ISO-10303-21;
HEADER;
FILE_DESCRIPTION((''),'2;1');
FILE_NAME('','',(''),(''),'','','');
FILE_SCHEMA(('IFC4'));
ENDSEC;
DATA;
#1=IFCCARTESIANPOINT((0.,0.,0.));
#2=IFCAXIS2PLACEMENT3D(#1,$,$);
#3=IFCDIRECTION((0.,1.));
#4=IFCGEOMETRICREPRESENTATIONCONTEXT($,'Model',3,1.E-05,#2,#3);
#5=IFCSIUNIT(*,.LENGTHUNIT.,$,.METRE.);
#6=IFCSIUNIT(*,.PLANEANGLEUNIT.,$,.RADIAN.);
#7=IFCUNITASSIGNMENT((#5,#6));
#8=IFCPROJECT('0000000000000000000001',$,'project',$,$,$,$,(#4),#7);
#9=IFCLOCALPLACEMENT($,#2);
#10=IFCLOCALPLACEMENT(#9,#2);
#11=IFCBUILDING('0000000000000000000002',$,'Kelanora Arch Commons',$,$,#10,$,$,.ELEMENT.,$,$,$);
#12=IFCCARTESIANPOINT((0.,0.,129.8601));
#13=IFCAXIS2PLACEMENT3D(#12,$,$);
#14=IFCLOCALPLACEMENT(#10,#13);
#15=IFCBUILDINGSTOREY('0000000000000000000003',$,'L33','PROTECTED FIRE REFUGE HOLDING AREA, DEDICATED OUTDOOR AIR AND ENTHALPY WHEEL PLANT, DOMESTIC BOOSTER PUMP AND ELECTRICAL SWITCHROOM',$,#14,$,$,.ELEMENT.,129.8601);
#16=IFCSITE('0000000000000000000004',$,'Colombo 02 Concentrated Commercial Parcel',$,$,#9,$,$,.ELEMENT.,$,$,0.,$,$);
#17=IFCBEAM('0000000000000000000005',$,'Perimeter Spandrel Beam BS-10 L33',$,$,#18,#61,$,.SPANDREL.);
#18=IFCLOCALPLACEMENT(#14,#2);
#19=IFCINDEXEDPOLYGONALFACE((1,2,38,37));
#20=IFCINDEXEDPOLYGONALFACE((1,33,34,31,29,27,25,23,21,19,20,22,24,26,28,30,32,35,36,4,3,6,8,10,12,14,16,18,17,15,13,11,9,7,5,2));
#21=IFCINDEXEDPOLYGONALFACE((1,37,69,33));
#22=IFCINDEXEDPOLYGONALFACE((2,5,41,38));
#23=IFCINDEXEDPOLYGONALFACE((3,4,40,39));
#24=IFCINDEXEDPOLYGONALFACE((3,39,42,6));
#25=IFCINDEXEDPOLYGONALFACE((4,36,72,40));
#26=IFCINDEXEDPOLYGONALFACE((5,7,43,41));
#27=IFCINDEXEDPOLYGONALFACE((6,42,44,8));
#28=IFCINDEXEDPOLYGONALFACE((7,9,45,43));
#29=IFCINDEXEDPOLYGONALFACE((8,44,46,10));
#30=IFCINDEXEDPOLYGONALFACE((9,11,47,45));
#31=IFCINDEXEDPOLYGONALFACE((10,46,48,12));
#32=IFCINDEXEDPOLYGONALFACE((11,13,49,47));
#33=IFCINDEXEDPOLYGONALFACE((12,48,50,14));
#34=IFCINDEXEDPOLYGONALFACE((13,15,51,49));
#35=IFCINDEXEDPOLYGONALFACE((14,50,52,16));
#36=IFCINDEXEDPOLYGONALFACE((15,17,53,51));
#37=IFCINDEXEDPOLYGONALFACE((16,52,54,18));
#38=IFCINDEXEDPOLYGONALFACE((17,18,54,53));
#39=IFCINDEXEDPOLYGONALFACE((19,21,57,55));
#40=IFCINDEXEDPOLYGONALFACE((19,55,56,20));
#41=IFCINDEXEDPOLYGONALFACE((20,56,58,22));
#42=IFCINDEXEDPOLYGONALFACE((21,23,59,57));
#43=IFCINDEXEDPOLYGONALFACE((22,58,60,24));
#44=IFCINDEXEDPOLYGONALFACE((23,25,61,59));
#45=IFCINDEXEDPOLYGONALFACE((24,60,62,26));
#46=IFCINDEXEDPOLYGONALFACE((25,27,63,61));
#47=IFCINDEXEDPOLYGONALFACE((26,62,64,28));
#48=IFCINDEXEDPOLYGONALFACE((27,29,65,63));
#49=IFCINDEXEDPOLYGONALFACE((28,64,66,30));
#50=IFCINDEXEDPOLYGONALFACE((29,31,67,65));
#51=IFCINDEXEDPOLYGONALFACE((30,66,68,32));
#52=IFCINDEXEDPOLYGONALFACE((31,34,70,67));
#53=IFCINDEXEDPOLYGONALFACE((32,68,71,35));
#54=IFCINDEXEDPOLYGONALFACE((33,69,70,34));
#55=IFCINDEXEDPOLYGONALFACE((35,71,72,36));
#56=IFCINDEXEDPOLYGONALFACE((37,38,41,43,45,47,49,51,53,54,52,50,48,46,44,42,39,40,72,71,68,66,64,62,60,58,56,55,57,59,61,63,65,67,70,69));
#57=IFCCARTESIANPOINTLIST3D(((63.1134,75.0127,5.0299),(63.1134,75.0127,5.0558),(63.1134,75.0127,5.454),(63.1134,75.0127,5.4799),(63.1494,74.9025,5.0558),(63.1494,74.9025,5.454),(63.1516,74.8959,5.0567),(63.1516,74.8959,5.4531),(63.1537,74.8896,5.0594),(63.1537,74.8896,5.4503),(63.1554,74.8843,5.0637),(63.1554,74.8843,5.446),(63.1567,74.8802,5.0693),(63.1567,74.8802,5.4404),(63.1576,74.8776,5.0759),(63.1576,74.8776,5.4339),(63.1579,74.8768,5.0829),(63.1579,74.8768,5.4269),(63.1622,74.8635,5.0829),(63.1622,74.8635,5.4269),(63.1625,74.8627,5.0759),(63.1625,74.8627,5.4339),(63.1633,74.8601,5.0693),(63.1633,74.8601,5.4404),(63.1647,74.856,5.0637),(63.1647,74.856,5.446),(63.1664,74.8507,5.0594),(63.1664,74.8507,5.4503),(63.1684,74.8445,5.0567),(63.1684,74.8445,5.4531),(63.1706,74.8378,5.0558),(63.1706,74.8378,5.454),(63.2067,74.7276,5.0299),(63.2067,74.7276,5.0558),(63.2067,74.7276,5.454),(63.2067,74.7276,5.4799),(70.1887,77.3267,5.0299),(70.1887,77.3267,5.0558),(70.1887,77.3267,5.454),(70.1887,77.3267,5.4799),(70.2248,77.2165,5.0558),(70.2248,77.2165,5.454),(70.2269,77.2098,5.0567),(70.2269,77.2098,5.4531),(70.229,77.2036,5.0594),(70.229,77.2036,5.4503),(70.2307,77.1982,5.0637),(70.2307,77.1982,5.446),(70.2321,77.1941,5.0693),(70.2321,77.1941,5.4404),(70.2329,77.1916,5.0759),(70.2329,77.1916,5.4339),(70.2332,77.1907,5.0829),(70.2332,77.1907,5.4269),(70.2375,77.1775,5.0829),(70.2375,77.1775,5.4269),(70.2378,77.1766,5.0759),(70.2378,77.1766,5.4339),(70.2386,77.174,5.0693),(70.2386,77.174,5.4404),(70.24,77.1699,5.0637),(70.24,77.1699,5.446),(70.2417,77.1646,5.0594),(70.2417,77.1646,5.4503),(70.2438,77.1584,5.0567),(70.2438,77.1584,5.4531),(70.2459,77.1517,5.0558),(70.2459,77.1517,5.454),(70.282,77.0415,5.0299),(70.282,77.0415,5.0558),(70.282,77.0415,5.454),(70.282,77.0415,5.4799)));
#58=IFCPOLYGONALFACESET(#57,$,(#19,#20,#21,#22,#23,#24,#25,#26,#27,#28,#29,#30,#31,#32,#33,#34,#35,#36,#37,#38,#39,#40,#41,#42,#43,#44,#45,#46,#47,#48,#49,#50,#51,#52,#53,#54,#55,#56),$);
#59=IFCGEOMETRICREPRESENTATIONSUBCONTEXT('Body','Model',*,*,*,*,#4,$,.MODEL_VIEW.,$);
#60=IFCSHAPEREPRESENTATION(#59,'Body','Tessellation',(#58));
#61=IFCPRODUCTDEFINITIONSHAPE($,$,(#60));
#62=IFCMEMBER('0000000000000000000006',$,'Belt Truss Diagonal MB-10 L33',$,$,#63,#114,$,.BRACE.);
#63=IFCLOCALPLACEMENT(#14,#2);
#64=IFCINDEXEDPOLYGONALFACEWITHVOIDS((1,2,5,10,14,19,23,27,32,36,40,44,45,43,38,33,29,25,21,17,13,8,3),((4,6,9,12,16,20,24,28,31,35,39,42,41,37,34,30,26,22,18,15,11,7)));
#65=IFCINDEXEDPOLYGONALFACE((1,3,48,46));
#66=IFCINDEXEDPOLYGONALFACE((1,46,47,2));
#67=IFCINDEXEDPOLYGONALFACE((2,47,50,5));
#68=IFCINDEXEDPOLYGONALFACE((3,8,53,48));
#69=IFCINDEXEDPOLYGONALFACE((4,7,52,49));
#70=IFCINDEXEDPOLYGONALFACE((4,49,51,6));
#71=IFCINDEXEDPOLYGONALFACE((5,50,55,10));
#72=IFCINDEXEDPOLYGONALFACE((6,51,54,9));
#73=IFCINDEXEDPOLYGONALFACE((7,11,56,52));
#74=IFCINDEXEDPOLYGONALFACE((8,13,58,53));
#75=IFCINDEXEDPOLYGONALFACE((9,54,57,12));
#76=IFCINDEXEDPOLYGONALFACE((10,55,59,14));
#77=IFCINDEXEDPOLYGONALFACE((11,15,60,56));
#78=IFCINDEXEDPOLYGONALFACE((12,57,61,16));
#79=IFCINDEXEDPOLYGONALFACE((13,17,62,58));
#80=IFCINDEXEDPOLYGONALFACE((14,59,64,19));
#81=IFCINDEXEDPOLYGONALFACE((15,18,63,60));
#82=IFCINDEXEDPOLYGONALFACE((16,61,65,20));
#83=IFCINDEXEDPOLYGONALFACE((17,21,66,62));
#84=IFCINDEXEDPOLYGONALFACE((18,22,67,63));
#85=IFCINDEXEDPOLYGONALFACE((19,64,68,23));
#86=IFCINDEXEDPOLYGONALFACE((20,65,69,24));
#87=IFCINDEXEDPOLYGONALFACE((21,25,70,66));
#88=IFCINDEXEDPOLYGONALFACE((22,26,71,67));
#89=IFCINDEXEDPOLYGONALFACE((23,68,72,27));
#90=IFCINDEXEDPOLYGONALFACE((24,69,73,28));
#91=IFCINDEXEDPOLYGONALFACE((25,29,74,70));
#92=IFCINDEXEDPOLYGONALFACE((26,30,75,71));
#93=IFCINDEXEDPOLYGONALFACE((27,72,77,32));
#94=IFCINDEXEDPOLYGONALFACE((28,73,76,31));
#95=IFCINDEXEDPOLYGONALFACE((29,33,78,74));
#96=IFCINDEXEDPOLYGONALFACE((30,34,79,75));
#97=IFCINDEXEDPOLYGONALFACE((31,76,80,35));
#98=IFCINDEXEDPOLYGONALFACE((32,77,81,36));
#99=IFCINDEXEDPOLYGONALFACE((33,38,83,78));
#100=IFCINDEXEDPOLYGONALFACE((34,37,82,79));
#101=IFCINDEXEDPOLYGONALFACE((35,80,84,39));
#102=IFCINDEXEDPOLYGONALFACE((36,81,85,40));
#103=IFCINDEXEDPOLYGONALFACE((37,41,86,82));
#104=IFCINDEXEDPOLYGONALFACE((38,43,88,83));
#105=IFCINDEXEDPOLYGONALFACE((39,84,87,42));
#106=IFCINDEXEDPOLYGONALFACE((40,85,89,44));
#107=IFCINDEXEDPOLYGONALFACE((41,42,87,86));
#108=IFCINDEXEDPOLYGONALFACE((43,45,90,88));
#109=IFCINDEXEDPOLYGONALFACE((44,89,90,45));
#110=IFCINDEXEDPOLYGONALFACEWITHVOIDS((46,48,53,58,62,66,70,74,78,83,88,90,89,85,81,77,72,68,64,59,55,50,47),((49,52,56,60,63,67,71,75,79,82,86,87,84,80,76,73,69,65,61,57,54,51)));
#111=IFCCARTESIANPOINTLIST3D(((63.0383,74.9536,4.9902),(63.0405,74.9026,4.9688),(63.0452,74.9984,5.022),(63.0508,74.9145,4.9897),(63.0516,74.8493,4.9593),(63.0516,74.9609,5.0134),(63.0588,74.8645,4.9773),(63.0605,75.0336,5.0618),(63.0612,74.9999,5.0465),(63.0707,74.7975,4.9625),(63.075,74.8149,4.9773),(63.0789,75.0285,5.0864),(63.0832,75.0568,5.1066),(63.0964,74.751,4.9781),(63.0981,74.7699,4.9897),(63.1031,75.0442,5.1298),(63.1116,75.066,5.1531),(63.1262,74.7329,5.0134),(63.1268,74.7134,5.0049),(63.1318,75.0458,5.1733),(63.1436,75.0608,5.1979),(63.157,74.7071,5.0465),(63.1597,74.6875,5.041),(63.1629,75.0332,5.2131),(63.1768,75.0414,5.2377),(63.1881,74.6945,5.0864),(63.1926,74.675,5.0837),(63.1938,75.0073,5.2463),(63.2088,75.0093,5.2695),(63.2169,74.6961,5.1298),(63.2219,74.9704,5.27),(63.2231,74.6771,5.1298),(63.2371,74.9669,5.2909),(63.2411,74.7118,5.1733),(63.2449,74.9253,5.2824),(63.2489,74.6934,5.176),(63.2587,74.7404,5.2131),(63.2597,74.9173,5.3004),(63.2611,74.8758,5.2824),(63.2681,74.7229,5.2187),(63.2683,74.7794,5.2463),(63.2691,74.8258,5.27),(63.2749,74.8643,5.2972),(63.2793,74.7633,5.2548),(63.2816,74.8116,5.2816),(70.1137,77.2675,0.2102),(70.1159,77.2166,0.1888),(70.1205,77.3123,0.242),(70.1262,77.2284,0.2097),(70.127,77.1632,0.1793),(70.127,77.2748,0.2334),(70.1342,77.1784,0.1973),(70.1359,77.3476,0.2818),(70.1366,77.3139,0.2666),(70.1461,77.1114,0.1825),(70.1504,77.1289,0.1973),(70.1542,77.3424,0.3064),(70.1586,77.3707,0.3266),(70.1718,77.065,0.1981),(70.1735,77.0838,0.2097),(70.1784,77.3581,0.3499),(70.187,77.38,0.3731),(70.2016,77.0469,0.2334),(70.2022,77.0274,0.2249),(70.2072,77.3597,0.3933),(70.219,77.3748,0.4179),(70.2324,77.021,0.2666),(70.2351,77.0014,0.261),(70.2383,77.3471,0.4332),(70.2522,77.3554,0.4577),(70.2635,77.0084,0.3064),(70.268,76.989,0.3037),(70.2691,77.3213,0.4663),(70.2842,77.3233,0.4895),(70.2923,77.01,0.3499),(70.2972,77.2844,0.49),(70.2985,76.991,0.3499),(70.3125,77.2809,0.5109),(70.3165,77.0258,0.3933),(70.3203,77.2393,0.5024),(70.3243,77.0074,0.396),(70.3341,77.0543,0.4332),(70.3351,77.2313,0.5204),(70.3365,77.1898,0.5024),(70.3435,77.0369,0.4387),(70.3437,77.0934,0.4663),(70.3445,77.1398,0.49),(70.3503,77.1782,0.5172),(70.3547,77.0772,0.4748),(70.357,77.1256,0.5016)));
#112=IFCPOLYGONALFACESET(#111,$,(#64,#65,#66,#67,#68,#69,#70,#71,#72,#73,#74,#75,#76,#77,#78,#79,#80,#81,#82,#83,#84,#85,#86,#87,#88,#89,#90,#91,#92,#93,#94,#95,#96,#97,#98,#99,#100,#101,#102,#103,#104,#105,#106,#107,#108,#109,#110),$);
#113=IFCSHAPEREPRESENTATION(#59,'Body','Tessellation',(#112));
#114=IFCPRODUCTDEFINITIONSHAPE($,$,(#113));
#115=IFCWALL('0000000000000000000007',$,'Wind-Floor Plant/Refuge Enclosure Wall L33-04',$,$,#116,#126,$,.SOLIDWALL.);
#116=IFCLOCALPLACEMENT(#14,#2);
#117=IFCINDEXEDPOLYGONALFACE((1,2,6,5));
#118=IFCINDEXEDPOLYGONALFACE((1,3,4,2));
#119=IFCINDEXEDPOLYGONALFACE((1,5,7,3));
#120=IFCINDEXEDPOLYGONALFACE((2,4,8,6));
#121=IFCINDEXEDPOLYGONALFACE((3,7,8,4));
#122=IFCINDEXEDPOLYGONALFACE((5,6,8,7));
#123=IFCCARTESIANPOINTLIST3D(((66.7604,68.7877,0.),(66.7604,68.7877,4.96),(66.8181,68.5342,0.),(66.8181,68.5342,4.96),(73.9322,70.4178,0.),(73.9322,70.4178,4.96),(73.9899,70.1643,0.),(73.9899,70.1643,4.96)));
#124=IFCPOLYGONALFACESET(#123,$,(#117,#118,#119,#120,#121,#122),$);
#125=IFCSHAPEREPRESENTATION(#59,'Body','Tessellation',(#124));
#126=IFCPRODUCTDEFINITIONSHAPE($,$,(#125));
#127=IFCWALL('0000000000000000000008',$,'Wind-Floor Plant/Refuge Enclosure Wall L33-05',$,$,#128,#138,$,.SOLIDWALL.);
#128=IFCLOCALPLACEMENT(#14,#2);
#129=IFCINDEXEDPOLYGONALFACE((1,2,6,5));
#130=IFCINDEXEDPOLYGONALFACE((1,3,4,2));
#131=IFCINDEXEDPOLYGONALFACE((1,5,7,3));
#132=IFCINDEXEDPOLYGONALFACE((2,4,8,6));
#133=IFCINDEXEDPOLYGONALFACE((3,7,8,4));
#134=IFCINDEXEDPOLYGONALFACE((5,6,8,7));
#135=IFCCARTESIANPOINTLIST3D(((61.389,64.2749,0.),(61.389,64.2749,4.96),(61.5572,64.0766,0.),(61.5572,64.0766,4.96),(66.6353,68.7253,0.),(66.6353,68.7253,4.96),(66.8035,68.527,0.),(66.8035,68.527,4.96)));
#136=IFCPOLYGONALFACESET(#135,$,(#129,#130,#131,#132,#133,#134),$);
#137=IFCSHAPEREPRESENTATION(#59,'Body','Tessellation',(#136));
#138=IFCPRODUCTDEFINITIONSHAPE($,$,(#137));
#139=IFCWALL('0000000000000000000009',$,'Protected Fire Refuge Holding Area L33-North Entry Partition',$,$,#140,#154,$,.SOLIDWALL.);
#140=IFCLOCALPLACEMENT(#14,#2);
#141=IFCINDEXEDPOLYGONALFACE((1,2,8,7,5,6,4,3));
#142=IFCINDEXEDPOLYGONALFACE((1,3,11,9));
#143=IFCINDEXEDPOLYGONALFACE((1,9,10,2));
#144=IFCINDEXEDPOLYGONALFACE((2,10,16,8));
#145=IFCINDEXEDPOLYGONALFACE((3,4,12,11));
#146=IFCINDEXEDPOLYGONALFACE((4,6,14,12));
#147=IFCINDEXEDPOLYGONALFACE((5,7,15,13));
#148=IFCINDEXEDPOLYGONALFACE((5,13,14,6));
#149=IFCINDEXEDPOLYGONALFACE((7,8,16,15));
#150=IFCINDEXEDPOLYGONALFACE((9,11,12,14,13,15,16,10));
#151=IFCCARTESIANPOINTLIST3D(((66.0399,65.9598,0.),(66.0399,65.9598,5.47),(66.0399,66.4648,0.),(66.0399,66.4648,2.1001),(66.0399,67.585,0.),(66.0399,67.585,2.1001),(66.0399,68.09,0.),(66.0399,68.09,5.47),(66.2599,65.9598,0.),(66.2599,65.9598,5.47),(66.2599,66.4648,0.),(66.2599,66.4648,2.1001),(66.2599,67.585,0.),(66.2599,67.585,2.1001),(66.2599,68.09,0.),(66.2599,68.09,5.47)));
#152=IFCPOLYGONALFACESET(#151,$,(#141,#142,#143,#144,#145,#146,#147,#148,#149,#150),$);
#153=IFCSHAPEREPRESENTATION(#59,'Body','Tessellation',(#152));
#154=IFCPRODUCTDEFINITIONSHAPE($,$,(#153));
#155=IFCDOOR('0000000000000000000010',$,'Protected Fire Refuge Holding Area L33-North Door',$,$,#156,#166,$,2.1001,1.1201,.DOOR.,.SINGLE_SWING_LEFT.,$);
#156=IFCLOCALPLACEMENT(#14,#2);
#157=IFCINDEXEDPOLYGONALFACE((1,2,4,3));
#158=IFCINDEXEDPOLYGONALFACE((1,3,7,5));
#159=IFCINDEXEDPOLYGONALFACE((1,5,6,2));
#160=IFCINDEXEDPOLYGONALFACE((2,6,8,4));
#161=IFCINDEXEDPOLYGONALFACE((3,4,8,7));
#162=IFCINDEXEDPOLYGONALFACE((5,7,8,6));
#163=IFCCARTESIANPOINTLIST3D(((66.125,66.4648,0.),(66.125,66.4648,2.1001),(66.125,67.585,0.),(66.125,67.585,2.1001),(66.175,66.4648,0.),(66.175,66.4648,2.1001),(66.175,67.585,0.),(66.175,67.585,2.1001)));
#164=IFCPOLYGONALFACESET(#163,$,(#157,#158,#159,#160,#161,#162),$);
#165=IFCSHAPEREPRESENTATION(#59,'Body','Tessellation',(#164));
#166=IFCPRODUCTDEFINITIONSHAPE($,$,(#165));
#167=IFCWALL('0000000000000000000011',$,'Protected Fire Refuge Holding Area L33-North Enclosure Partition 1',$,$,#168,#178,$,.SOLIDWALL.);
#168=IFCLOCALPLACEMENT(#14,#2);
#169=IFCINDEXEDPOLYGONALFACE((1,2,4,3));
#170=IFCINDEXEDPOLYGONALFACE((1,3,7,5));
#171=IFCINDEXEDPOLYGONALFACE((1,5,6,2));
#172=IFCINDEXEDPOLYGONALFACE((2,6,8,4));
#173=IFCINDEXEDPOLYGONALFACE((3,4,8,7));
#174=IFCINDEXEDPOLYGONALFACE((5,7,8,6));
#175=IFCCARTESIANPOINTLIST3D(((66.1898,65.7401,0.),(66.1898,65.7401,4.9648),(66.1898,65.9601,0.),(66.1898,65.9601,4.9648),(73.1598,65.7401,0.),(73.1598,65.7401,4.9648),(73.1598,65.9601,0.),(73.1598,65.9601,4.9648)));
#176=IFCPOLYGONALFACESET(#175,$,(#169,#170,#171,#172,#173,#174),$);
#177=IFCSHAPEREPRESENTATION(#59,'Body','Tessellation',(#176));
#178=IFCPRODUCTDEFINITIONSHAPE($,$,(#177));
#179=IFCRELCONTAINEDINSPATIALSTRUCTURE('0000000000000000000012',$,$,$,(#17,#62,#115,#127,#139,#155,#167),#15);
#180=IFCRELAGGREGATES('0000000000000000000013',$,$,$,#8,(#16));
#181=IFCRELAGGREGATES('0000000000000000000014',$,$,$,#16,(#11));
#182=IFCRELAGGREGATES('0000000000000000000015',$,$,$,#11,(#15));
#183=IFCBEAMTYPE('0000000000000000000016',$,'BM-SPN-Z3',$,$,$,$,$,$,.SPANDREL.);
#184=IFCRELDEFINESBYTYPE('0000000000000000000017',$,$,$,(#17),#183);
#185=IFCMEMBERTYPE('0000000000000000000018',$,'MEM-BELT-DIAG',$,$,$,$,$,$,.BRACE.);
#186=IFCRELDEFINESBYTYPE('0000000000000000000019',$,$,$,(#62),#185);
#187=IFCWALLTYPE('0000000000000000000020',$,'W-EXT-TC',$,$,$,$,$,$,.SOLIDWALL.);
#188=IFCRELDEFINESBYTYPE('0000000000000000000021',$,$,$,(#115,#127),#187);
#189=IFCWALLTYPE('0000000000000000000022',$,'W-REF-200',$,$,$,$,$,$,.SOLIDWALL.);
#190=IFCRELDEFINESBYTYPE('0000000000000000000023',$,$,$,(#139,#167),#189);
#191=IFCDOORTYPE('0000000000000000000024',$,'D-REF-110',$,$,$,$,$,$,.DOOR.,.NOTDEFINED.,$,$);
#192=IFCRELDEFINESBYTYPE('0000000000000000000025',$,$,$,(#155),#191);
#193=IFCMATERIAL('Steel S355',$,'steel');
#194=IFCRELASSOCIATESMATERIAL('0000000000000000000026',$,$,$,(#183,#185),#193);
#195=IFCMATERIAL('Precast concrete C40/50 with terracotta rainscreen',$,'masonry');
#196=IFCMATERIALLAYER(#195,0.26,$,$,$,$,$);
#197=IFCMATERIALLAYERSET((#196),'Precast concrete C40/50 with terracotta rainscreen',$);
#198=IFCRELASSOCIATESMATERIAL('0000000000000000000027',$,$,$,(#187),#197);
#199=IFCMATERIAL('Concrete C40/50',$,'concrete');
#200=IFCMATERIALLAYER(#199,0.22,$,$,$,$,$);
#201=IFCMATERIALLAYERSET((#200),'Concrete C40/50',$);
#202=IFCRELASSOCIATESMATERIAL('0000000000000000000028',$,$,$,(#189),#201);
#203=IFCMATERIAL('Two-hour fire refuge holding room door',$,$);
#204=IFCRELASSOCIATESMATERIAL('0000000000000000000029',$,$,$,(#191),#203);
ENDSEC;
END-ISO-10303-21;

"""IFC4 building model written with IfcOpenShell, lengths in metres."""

from ifc_helpers import new_model, si_unit, direction, frame, frame_2d, origin, origin_2d, place, context, subcontext, project, spatial, rectangle, hollow_circle, i_section, extrude, material, layer, layer_set, material_profile, profile_set, type_object, element, fill, save


model = new_model("IFC4")

# Units and contexts
model_context = context("Model", 3, precision=1e-05, world=origin(), true_north=direction((0.0, 1.0)))
body_context = subcontext(model_context, "Body", "Model", "MODEL_VIEW")
ifc_project = project(units=[si_unit("LENGTHUNIT", "METRE"), si_unit("PLANEANGLEUNIT", "RADIAN")], contexts=[model_context])

# Site, building, storey
site_placement = place(None, origin())
site = spatial("IfcSite", under=ifc_project, at=site_placement, Name="Colombo 02 Concentrated Commercial Parcel", CompositionType="ELEMENT", RefElevation=0.0)
building_placement = place(site_placement, origin())
building = spatial("IfcBuilding", under=site, at=building_placement, Name="Kelanora Arch Commons", CompositionType="ELEMENT")
storey_placement = place(building_placement, frame((0.0, 0.0, 129.8601)))
storey = spatial("IfcBuildingStorey", under=building, at=storey_placement, Name="L33", Description="PROTECTED FIRE REFUGE HOLDING AREA, DEDICATED OUTDOOR AIR AND ENTHALPY WHEEL PLANT, DOMESTIC BOOSTER PUMP AND ELECTRICAL SWITCHROOM", CompositionType="ELEMENT", Elevation=129.8601)

# Beam
ifc_material_1 = material(Name="Steel S355", Category="steel")
ifc_material_profile_1 = material_profile(ifc_material_1, i_section(OverallWidth=0.3, OverallDepth=0.45, WebThickness=0.0139, FlangeThickness=0.0259, FilletRadius=0.0271, at=origin_2d()), Name="HEB450")
ifc_profile_set_1 = profile_set([ifc_material_profile_1], Name="Steel S355")
beam_type_1 = type_object("IfcBeamType", Name="BM-SPN-Z3", PredefinedType="SPANDREL", material=ifc_profile_set_1)
beam_1_placement = place(storey_placement, frame((70.2354, 77.1841, 5.2549), z_axis=(-0.950462, -0.310841, 0.0), x_axis=(0.310841, -0.950462, 0.0)))
element("IfcBeam", 1, at=beam_1_placement, inside=storey, type_object=beam_type_1, Name="Perimeter Spandrel Beam BS-10 L33", PredefinedType="SPANDREL", context=body_context, shape_type="SweptSolid", body=[
    extrude(i_section(OverallWidth=0.3, OverallDepth=0.45, WebThickness=0.0139, FlangeThickness=0.0259, FilletRadius=0.0271, at=origin_2d()), origin(), (0.0, 0.0, 1.0), 7.4441),
])

# Member
ifc_material_profile_2 = material_profile(ifc_material_1, hollow_circle(Radius=0.2031, WallThickness=0.02, at=origin_2d()), Name="CHS406.4x20")
ifc_profile_set_2 = profile_set([ifc_material_profile_2], Name="Steel S355")
member_type = type_object("IfcMemberType", Name="MEM-BELT-DIAG", PredefinedType="BRACE", material=ifc_profile_set_2)
member_placement = place(storey_placement, frame((70.2354, 77.1841, 0.3499), z_axis=(-0.799779, -0.261561, 0.540315), x_axis=(0.310841, -0.950462, 0.0)))
element("IfcMember", 2, at=member_placement, inside=storey, type_object=member_type, Name="Belt Truss Diagonal MB-10 L33", PredefinedType="BRACE", context=body_context, shape_type="SweptSolid", body=[
    extrude(hollow_circle(Radius=0.2031, WallThickness=0.02, at=origin_2d()), origin(), (0.0, 0.0, 1.0), 8.8467),
])

# Walls
ifc_material_2 = material(Name="Precast concrete C40/50 with terracotta rainscreen", Category="masonry")
ifc_layer_1 = layer(ifc_material_2, 0.26)
ifc_layer_set_1 = layer_set([ifc_layer_1], Name="Precast concrete C40/50 with terracotta rainscreen")
wall_type_1 = type_object("IfcWallType", Name="W-EXT-TC", PredefinedType="SOLIDWALL", material=ifc_layer_set_1)
wall_1_placement = place(storey_placement, frame((73.9609, 70.291, 0.0), z_axis=(0.0, 0.0, 1.0), x_axis=(-0.975128, -0.221641, 0.0)))
element("IfcWall", 3, at=wall_1_placement, inside=storey, type_object=wall_type_1, Name="Wind-Floor Plant/Refuge Enclosure Wall L33-04", PredefinedType="SOLIDWALL", context=body_context, shape_type="SweptSolid", body=[
    extrude(rectangle(XDim=7.3547, YDim=0.26, at=frame_2d((3.6772, 0.0))), origin(), (0.0, 0.0, 1.0), 4.96),
])
wall_2_placement = place(storey_placement, frame((66.7195, 68.6262, 0.0), z_axis=(0.0, 0.0, 1.0), x_axis=(-0.762581, -0.646893, 0.0)))
element("IfcWall", 4, at=wall_2_placement, inside=storey, type_object=wall_type_1, Name="Wind-Floor Plant/Refuge Enclosure Wall L33-05", PredefinedType="SOLIDWALL", context=body_context, shape_type="SweptSolid", body=[
    extrude(rectangle(XDim=6.8796, YDim=0.26, at=frame_2d((3.4399, 0.0))), origin(), (0.0, 0.0, 1.0), 4.96),
])

# Wall, opening, door
ifc_material_3 = material(Name="Concrete C40/50", Category="concrete")
ifc_layer_2 = layer(ifc_material_3, 0.22)
ifc_layer_set_2 = layer_set([ifc_layer_2], Name="Concrete C40/50")
wall_type_2 = type_object("IfcWallType", Name="W-REF-200", PredefinedType="SOLIDWALL", material=ifc_layer_set_2)
wall_3_placement = place(storey_placement, frame((66.1499, 65.96, 0.0), z_axis=(0.0, 0.0, 1.0), x_axis=(0.0, 1.0, 0.0)))
wall_3 = element("IfcWall", 5, at=wall_3_placement, inside=storey, type_object=wall_type_2, Name="Protected Fire Refuge Holding Area L33-North Entry Partition", PredefinedType="SOLIDWALL", context=body_context, shape_type="SweptSolid", body=[
    extrude(rectangle(XDim=2.1301, YDim=0.22, at=frame_2d((1.0649, 0.0))), origin(), (0.0, 0.0, 1.0), 5.47),
])
opening_1_placement = place(wall_3_placement, frame((0.5049, 0.0, 0.0)))
opening_1 = element("IfcOpeningElement", 6, at=opening_1_placement, cuts=wall_3, PredefinedType="OPENING", context=body_context, shape_type="SweptSolid", body=[
    extrude(rectangle(XDim=1.1201, YDim=2.1001, at=frame_2d((0.5601, 1.05))), frame((0.0, 0.1201, 0.0), z_axis=(0.0, -1.0, 0.0), x_axis=(1.0, 0.0, 0.0)), (0.0, 0.0, 1.0), 0.24),
])
ifc_material_4 = material(Name="Two-hour fire refuge holding room door")
door_type_1 = type_object("IfcDoorType", Name="D-REF-110", OperationType="NOTDEFINED", PredefinedType="DOOR", material=ifc_material_4)
door_1_placement = place(opening_1_placement, origin())
door_1 = element("IfcDoor", 7, at=door_1_placement, inside=storey, type_object=door_type_1, Name="Protected Fire Refuge Holding Area L33-North Door", OperationType="SINGLE_SWING_LEFT", OverallHeight=2.1001, OverallWidth=1.1201, PredefinedType="DOOR", context=body_context, shape_type="SweptSolid", body=[
    extrude(rectangle(XDim=1.1201, YDim=2.1001, at=frame_2d((0.5601, 1.05))), frame((0.0, 0.0249, 0.0), z_axis=(0.0, -1.0, 0.0), x_axis=(1.0, 0.0, 0.0)), (0.0, 0.0, 1.0), 0.05),
])
fill(opening_1, door_1)

# Wall
wall_4_placement = place(storey_placement, frame((66.1899, 65.8501, 0.0), z_axis=(0.0, 0.0, 1.0), x_axis=(1.0, 0.0, 0.0)))
element("IfcWall", 8, at=wall_4_placement, inside=storey, type_object=wall_type_2, Name="Protected Fire Refuge Holding Area L33-North Enclosure Partition 1", PredefinedType="SOLIDWALL", context=body_context, shape_type="SweptSolid", body=[
    extrude(rectangle(XDim=6.97, YDim=0.22, at=frame_2d((3.4849, 0.0))), origin(), (0.0, 0.0, 1.0), 4.9648),
])

save(model, "model.ifc")
